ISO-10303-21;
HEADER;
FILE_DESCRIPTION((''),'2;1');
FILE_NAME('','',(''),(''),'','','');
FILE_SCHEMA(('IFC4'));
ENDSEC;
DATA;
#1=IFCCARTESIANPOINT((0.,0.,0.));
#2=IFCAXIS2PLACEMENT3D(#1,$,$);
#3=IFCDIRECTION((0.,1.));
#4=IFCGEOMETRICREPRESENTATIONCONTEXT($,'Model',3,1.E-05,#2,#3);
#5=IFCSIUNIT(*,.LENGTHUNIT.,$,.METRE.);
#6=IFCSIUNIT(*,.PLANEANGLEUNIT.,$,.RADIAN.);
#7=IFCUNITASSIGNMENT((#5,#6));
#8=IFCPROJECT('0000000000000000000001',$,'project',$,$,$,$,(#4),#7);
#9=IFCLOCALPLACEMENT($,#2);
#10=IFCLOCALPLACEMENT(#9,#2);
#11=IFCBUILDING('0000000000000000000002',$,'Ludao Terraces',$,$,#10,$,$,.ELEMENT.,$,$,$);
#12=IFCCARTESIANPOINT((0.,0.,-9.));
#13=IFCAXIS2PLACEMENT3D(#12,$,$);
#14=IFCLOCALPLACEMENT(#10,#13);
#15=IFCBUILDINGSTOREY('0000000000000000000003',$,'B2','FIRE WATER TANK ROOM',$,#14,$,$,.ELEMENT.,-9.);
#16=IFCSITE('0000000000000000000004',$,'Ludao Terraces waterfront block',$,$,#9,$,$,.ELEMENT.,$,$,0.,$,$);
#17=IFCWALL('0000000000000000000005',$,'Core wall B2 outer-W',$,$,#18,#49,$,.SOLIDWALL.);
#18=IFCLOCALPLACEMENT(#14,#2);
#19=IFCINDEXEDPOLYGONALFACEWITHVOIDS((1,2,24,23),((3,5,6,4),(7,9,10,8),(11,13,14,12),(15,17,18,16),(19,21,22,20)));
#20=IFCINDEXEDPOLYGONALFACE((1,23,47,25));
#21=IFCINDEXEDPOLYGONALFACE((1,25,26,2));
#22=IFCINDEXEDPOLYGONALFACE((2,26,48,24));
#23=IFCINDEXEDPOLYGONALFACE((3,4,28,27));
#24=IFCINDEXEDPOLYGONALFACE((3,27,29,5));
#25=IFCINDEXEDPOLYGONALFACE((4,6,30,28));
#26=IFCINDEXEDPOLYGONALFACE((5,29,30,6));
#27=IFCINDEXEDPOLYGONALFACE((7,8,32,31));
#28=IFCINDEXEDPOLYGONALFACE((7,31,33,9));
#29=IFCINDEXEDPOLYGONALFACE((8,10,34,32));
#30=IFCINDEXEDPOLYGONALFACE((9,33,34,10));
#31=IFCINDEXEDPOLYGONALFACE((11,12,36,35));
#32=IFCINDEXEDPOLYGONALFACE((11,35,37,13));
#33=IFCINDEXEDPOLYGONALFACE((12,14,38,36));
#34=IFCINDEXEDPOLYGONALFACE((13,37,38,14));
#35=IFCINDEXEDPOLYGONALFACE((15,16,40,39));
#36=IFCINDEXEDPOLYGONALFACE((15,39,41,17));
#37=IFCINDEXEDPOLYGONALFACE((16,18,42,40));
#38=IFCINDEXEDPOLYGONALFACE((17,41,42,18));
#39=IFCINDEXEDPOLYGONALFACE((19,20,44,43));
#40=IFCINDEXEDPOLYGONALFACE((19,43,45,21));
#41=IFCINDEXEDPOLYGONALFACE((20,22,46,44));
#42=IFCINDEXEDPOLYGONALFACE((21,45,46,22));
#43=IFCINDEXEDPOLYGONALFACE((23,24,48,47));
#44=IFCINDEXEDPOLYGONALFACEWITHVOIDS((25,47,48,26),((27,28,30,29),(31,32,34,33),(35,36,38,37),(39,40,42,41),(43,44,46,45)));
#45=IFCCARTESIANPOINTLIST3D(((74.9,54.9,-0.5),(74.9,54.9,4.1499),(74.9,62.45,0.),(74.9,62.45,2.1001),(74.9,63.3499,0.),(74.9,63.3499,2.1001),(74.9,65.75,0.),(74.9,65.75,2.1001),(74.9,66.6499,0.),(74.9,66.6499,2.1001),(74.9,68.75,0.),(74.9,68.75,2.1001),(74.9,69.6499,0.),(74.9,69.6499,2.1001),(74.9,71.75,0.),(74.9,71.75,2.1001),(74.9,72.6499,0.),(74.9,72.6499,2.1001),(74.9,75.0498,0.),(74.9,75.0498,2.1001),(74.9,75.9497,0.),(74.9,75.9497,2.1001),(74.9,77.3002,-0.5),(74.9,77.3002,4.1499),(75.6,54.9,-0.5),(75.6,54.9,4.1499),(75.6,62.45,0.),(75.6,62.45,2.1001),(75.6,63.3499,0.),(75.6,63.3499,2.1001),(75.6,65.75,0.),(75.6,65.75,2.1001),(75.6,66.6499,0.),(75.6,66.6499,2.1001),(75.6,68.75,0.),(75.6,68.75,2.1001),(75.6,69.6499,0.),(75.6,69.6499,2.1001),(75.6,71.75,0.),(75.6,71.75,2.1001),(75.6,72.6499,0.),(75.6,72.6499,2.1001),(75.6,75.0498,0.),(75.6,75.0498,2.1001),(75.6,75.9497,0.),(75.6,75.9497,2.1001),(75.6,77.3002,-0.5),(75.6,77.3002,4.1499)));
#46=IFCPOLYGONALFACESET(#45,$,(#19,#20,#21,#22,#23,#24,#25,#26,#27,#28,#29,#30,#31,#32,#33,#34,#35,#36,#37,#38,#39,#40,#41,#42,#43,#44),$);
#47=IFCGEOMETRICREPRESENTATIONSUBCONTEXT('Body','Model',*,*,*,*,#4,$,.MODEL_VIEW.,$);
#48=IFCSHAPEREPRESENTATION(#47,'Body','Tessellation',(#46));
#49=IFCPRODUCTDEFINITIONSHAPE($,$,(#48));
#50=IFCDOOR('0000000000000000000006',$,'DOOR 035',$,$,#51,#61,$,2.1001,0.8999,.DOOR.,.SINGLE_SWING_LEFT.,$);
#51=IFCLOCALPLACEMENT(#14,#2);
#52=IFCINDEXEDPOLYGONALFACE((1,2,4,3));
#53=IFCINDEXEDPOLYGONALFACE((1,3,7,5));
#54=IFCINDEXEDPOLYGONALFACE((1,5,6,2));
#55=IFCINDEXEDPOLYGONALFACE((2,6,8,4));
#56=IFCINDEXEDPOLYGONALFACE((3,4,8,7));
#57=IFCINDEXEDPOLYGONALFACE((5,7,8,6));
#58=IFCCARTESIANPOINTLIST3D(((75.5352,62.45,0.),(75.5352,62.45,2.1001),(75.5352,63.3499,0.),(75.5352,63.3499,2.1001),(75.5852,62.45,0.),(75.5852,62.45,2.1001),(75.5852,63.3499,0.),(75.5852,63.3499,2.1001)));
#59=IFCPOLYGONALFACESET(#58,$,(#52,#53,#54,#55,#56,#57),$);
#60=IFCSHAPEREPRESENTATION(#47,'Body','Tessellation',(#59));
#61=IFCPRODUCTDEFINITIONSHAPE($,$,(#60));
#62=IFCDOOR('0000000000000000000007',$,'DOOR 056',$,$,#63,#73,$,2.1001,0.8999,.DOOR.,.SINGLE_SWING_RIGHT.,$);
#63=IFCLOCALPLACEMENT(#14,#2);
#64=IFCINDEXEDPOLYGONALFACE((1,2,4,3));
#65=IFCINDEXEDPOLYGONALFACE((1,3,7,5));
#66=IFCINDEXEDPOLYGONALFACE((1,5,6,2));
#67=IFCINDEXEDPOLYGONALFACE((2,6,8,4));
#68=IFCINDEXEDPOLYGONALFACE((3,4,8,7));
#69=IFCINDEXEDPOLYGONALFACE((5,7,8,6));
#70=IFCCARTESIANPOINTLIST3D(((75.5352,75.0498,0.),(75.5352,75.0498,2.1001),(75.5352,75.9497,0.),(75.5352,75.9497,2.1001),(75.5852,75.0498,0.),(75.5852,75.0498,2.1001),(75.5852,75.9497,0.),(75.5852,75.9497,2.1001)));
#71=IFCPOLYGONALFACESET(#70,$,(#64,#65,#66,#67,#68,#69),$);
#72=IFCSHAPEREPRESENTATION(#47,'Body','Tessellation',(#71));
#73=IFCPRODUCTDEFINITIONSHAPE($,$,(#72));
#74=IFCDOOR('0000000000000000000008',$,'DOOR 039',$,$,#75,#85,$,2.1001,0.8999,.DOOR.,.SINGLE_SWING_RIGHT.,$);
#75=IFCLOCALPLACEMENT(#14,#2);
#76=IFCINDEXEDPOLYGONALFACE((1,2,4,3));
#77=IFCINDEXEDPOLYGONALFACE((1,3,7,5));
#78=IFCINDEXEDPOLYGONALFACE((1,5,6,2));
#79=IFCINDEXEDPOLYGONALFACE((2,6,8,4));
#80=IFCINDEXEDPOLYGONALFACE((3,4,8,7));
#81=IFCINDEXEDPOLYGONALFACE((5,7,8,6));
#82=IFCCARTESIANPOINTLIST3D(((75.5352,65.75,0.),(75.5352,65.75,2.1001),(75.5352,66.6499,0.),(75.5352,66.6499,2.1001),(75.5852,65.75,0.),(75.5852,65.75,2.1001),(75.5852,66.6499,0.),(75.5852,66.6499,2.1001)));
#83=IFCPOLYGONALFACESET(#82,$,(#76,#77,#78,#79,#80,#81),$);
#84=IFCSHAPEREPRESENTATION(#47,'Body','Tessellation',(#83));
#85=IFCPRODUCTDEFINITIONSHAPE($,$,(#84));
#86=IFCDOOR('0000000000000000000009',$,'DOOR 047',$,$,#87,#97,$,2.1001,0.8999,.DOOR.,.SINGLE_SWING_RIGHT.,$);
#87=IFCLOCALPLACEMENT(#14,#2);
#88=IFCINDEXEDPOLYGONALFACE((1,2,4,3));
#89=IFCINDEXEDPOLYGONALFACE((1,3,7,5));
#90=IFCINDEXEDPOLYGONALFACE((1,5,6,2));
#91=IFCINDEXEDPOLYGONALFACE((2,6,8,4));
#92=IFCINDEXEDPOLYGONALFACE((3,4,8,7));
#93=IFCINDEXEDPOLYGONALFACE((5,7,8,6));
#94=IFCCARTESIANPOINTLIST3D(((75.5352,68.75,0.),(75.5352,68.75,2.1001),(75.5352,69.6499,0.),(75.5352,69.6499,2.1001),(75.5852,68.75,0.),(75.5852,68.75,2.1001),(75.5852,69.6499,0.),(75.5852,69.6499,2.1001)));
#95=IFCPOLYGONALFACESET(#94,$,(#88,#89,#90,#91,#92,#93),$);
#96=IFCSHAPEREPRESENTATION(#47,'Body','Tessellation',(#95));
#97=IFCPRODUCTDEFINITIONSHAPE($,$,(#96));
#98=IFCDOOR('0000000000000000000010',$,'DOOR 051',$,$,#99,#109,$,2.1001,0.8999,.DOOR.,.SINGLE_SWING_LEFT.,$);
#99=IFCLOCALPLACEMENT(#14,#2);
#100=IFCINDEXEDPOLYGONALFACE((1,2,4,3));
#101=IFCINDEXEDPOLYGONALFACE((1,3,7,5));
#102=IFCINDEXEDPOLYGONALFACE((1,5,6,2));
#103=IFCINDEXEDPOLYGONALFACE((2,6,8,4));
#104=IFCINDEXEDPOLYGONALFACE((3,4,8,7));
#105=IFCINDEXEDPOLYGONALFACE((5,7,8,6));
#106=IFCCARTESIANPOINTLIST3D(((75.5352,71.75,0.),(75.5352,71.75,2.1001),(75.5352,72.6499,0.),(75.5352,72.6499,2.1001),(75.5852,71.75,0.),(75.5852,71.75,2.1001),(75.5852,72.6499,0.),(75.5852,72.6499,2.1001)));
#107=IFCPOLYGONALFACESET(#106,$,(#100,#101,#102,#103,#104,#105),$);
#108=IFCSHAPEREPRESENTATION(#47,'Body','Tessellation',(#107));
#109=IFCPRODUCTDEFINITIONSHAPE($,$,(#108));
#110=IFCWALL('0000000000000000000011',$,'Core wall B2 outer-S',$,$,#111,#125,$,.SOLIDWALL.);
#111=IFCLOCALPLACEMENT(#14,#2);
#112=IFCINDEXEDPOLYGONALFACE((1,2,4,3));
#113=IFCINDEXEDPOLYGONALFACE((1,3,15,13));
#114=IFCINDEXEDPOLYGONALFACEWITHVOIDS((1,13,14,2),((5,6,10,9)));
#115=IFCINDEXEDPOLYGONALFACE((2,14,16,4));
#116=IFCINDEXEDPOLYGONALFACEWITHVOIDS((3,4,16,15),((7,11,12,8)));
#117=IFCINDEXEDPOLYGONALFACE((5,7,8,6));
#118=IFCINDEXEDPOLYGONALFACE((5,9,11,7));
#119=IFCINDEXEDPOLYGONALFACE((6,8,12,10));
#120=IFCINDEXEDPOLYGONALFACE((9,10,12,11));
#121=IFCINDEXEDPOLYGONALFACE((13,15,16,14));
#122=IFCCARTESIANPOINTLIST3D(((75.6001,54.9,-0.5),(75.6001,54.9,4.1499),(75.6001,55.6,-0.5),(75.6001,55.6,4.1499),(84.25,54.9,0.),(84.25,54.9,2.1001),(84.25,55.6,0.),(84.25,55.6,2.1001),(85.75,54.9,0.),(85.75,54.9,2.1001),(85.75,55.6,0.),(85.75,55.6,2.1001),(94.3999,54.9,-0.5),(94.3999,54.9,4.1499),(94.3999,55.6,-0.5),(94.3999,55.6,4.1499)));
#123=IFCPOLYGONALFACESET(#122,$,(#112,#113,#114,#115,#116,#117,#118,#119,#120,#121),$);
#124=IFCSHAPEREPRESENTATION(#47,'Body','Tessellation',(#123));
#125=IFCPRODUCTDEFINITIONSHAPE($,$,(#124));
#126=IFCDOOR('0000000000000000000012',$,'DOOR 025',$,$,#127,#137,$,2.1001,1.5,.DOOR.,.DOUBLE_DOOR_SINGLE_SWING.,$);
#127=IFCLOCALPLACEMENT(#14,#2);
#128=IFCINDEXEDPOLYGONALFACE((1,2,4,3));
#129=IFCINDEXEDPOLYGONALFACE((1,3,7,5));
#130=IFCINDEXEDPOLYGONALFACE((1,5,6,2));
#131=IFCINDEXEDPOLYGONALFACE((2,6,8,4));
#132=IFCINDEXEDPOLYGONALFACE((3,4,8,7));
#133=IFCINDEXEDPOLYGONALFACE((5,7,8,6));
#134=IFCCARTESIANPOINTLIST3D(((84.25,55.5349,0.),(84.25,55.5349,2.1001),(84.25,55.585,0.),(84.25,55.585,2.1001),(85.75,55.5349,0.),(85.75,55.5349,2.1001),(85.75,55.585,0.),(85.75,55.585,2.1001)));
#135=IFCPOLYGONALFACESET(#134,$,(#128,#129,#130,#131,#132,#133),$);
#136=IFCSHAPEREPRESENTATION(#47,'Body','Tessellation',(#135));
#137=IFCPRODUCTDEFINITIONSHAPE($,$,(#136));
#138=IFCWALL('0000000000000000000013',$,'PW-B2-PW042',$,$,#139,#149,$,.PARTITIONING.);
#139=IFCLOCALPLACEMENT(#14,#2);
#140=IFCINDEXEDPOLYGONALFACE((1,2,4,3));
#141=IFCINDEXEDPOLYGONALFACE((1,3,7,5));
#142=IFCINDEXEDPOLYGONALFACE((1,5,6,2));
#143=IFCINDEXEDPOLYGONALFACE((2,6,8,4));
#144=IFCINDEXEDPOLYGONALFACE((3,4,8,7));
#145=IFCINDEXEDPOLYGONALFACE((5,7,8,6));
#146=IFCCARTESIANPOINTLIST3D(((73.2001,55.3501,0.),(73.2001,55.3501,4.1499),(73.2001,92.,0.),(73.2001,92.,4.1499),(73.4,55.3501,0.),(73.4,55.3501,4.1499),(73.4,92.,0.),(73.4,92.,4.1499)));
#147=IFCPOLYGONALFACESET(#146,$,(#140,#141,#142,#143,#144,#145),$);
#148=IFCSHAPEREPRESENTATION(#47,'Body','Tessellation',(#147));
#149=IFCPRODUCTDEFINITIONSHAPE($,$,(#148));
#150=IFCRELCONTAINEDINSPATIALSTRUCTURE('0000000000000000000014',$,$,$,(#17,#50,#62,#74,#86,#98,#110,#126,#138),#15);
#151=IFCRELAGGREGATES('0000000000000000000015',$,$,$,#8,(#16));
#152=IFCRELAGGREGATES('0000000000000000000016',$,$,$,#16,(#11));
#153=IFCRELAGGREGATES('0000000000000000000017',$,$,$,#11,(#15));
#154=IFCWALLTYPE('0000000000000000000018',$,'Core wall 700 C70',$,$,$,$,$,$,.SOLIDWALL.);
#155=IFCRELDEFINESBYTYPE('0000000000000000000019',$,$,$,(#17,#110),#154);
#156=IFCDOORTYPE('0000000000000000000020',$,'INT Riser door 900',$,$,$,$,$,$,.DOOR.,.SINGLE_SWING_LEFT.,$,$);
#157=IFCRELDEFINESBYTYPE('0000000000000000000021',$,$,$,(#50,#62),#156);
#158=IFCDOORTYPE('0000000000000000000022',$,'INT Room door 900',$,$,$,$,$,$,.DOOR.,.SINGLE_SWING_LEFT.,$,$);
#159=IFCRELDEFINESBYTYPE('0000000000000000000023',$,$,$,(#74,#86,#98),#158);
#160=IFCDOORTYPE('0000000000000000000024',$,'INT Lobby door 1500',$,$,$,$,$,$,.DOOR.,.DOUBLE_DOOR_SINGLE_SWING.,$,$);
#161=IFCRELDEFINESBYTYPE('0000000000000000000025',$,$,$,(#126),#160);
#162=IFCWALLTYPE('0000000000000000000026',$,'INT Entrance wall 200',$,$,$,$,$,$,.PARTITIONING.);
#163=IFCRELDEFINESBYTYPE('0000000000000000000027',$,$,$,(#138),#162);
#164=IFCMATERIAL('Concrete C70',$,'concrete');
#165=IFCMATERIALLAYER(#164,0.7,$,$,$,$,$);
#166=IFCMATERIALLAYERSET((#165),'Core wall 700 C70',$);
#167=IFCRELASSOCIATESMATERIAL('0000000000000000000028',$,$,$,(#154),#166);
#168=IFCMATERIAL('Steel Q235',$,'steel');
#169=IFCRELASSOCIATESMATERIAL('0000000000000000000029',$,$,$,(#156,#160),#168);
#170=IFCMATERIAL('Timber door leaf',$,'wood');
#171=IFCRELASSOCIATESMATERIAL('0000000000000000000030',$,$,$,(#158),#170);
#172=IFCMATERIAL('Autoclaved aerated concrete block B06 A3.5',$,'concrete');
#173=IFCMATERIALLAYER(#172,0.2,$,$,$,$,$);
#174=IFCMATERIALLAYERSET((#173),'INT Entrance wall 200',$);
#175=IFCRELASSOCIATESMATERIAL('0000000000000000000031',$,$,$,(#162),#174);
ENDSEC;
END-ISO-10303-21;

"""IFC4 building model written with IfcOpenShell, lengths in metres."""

from ifc_helpers import new_model, si_unit, direction, frame, frame_2d, origin, place, context, subcontext, project, spatial, rectangle, extrude, material, layer, layer_set, type_object, element, fill, save


model = new_model("IFC4")

# Units and contexts
model_context = context("Model", 3, precision=1e-05, world=origin(), true_north=direction((0.0, 1.0)))
body_context = subcontext(model_context, "Body", "Model", "MODEL_VIEW")
ifc_project = project(units=[si_unit("LENGTHUNIT", "METRE"), si_unit("PLANEANGLEUNIT", "RADIAN")], contexts=[model_context])

# Site, building, storey
site_placement = place(None, origin())
site = spatial("IfcSite", under=ifc_project, at=site_placement, Name="Ludao Terraces waterfront block", CompositionType="ELEMENT", RefElevation=0.0)
building_placement = place(site_placement, origin())
building = spatial("IfcBuilding", under=site, at=building_placement, Name="Ludao Terraces", CompositionType="ELEMENT")
storey_placement = place(building_placement, frame((0.0, 0.0, -9.0)))
storey = spatial("IfcBuildingStorey", under=building, at=storey_placement, Name="B2", Description="FIRE WATER TANK ROOM", CompositionType="ELEMENT", Elevation=-9.0)

# Wall, openings, doors
ifc_material_1 = material(Name="Concrete C70", Category="concrete")
ifc_layer_1 = layer(ifc_material_1, 0.7)
ifc_layer_set_1 = layer_set([ifc_layer_1], Name="Core wall 700 C70")
wall_type_1 = type_object("IfcWallType", Name="Core wall 700 C70", PredefinedType="SOLIDWALL", material=ifc_layer_set_1)
wall_1_placement = place(storey_placement, frame((75.25, 54.8999, -0.5), z_axis=(0.0, 0.0, 1.0), x_axis=(0.0, 1.0, 0.0)))
wall_1 = element("IfcWall", 1, at=wall_1_placement, inside=storey, type_object=wall_type_1, Name="Core wall B2 outer-W", PredefinedType="SOLIDWALL", context=body_context, shape_type="SweptSolid", body=[
    extrude(rectangle(XDim=22.4001, YDim=0.7, at=frame_2d((11.2002, 0.0))), origin(), (0.0, 0.0, 1.0), 4.6499),
])
opening_1_placement = place(wall_1_placement, frame((7.55, 0.0, 0.5)))
opening_1 = element("IfcOpeningElement", 2, at=opening_1_placement, cuts=wall_1, PredefinedType="OPENING", context=body_context, shape_type="SweptSolid", body=[
    extrude(rectangle(XDim=0.8999, YDim=2.1001, at=frame_2d((0.45, 1.05))), frame((0.0, 0.3599, 0.0), z_axis=(0.0, -1.0, 0.0), x_axis=(1.0, 0.0, 0.0)), (0.0, 0.0, 1.0), 0.72),
])
opening_2_placement = place(wall_1_placement, frame((10.8501, 0.0, 0.5)))
opening_2 = element("IfcOpeningElement", 3, at=opening_2_placement, cuts=wall_1, PredefinedType="OPENING", context=body_context, shape_type="SweptSolid", body=[
    extrude(rectangle(XDim=0.8999, YDim=2.1001, at=frame_2d((0.45, 1.05))), frame((0.0, 0.3599, 0.0), z_axis=(0.0, -1.0, 0.0), x_axis=(1.0, 0.0, 0.0)), (0.0, 0.0, 1.0), 0.72),
])
opening_3_placement = place(wall_1_placement, frame((13.8501, 0.0, 0.5)))
opening_3 = element("IfcOpeningElement", 4, at=opening_3_placement, cuts=wall_1, PredefinedType="OPENING", context=body_context, shape_type="SweptSolid", body=[
    extrude(rectangle(XDim=0.8999, YDim=2.1001, at=frame_2d((0.45, 1.05))), frame((0.0, 0.3599, 0.0), z_axis=(0.0, -1.0, 0.0), x_axis=(1.0, 0.0, 0.0)), (0.0, 0.0, 1.0), 0.72),
])
opening_4_placement = place(wall_1_placement, frame((16.8501, 0.0, 0.5)))
opening_4 = element("IfcOpeningElement", 5, at=opening_4_placement, cuts=wall_1, PredefinedType="OPENING", context=body_context, shape_type="SweptSolid", body=[
    extrude(rectangle(XDim=0.8999, YDim=2.1001, at=frame_2d((0.45, 1.05))), frame((0.0, 0.3599, 0.0), z_axis=(0.0, -1.0, 0.0), x_axis=(1.0, 0.0, 0.0)), (0.0, 0.0, 1.0), 0.72),
])
opening_5_placement = place(wall_1_placement, frame((20.1499, 0.0, 0.5)))
opening_5 = element("IfcOpeningElement", 6, at=opening_5_placement, cuts=wall_1, PredefinedType="OPENING", context=body_context, shape_type="SweptSolid", body=[
    extrude(rectangle(XDim=0.8999, YDim=2.1001, at=frame_2d((0.45, 1.05))), frame((0.0, 0.3599, 0.0), z_axis=(0.0, -1.0, 0.0), x_axis=(1.0, 0.0, 0.0)), (0.0, 0.0, 1.0), 0.72),
])
ifc_material_2 = material(Name="Steel Q235", Category="steel")
door_type_1 = type_object("IfcDoorType", Name="INT Riser door 900", OperationType="SINGLE_SWING_LEFT", PredefinedType="DOOR", material=ifc_material_2)
door_1_placement = place(opening_1_placement, origin())
door_1 = element("IfcDoor", 7, at=door_1_placement, inside=storey, type_object=door_type_1, Name="DOOR 035", OperationType="SINGLE_SWING_LEFT", OverallHeight=2.1001, OverallWidth=0.8999, PredefinedType="DOOR", context=body_context, shape_type="SweptSolid", body=[
    extrude(rectangle(XDim=0.8999, YDim=2.1001, at=frame_2d((0.45, 1.05))), frame((0.0, -0.2852, 0.0), z_axis=(0.0, -1.0, 0.0), x_axis=(1.0, 0.0, 0.0)), (0.0, 0.0, 1.0), 0.05),
])
fill(opening_1, door_1)
door_2_placement = place(opening_5_placement, origin())
door_2 = element("IfcDoor", 8, at=door_2_placement, inside=storey, type_object=door_type_1, Name="DOOR 056", OperationType="SINGLE_SWING_RIGHT", OverallHeight=2.1001, OverallWidth=0.8999, PredefinedType="DOOR", context=body_context, shape_type="SweptSolid", body=[
    extrude(rectangle(XDim=0.8999, YDim=2.1001, at=frame_2d((0.45, 1.05))), frame((0.0, -0.2852, 0.0), z_axis=(0.0, -1.0, 0.0), x_axis=(1.0, 0.0, 0.0)), (0.0, 0.0, 1.0), 0.05),
])
fill(opening_5, door_2)
ifc_material_3 = material(Name="Timber door leaf", Category="wood")
door_type_2 = type_object("IfcDoorType", Name="INT Room door 900", OperationType="SINGLE_SWING_LEFT", PredefinedType="DOOR", material=ifc_material_3)
door_3_placement = place(opening_2_placement, origin())
door_3 = element("IfcDoor", 9, at=door_3_placement, inside=storey, type_object=door_type_2, Name="DOOR 039", OperationType="SINGLE_SWING_RIGHT", OverallHeight=2.1001, OverallWidth=0.8999, PredefinedType="DOOR", context=body_context, shape_type="SweptSolid", body=[
    extrude(rectangle(XDim=0.8999, YDim=2.1001, at=frame_2d((0.45, 1.05))), frame((0.0, -0.2852, 0.0), z_axis=(0.0, -1.0, 0.0), x_axis=(1.0, 0.0, 0.0)), (0.0, 0.0, 1.0), 0.05),
])
fill(opening_2, door_3)
door_4_placement = place(opening_3_placement, origin())
door_4 = element("IfcDoor", 10, at=door_4_placement, inside=storey, type_object=door_type_2, Name="DOOR 047", OperationType="SINGLE_SWING_RIGHT", OverallHeight=2.1001, OverallWidth=0.8999, PredefinedType="DOOR", context=body_context, shape_type="SweptSolid", body=[
    extrude(rectangle(XDim=0.8999, YDim=2.1001, at=frame_2d((0.45, 1.05))), frame((0.0, -0.2852, 0.0), z_axis=(0.0, -1.0, 0.0), x_axis=(1.0, 0.0, 0.0)), (0.0, 0.0, 1.0), 0.05),
])
fill(opening_3, door_4)
door_5_placement = place(opening_4_placement, origin())
door_5 = element("IfcDoor", 11, at=door_5_placement, inside=storey, type_object=door_type_2, Name="DOOR 051", OperationType="SINGLE_SWING_LEFT", OverallHeight=2.1001, OverallWidth=0.8999, PredefinedType="DOOR", context=body_context, shape_type="SweptSolid", body=[
    extrude(rectangle(XDim=0.8999, YDim=2.1001, at=frame_2d((0.45, 1.05))), frame((0.0, -0.2852, 0.0), z_axis=(0.0, -1.0, 0.0), x_axis=(1.0, 0.0, 0.0)), (0.0, 0.0, 1.0), 0.05),
])
fill(opening_4, door_5)

# Wall, opening, door
wall_2_placement = place(storey_placement, frame((75.6001, 55.25, -0.5), z_axis=(0.0, 0.0, 1.0), x_axis=(1.0, 0.0, 0.0)))
wall_2 = element("IfcWall", 12, at=wall_2_placement, inside=storey, type_object=wall_type_1, Name="Core wall B2 outer-S", PredefinedType="SOLIDWALL", context=body_context, shape_type="SweptSolid", body=[
    extrude(rectangle(XDim=18.7998, YDim=0.7, at=frame_2d((9.3999, 0.0))), origin(), (0.0, 0.0, 1.0), 4.6499),
])
opening_6_placement = place(wall_2_placement, frame((8.6499, 0.0, 0.5)))
opening_6 = element("IfcOpeningElement", 13, at=opening_6_placement, cuts=wall_2, PredefinedType="OPENING", context=body_context, shape_type="SweptSolid", body=[
    extrude(rectangle(XDim=1.5, YDim=2.1001, at=frame_2d((0.75, 1.05))), frame((0.0, 0.3599, 0.0), z_axis=(0.0, -1.0, 0.0), x_axis=(1.0, 0.0, 0.0)), (0.0, 0.0, 1.0), 0.72),
])
door_type_3 = type_object("IfcDoorType", Name="INT Lobby door 1500", OperationType="DOUBLE_DOOR_SINGLE_SWING", PredefinedType="DOOR", material=ifc_material_2)
door_6_placement = place(opening_6_placement, origin())
door_6 = element("IfcDoor", 14, at=door_6_placement, inside=storey, type_object=door_type_3, Name="DOOR 025", OperationType="DOUBLE_DOOR_SINGLE_SWING", OverallHeight=2.1001, OverallWidth=1.5, PredefinedType="DOOR", context=body_context, shape_type="SweptSolid", body=[
    extrude(rectangle(XDim=1.5, YDim=2.1001, at=frame_2d((0.75, 1.05))), frame((0.0, 0.335, 0.0), z_axis=(0.0, -1.0, 0.0), x_axis=(1.0, 0.0, 0.0)), (0.0, 0.0, 1.0), 0.05),
])
fill(opening_6, door_6)

# Wall
ifc_material_4 = material(Name="Autoclaved aerated concrete block B06 A3.5", Category="concrete")
ifc_layer_2 = layer(ifc_material_4, 0.2)
ifc_layer_set_2 = layer_set([ifc_layer_2], Name="INT Entrance wall 200")
wall_type_2 = type_object("IfcWallType", Name="INT Entrance wall 200", PredefinedType="PARTITIONING", material=ifc_layer_set_2)
wall_3_placement = place(storey_placement, frame((73.3, 55.3501, 0.0), z_axis=(0.0, 0.0, 1.0), x_axis=(0.0, 1.0, 0.0)))
element("IfcWall", 15, at=wall_3_placement, inside=storey, type_object=wall_type_2, Name="PW-B2-PW042", PredefinedType="PARTITIONING", context=body_context, shape_type="SweptSolid", body=[
    extrude(rectangle(XDim=36.6499, YDim=0.2, at=frame_2d((18.325, 0.0))), origin(), (0.0, 0.0, 1.0), 4.1499),
])

save(model, "model.ifc")
